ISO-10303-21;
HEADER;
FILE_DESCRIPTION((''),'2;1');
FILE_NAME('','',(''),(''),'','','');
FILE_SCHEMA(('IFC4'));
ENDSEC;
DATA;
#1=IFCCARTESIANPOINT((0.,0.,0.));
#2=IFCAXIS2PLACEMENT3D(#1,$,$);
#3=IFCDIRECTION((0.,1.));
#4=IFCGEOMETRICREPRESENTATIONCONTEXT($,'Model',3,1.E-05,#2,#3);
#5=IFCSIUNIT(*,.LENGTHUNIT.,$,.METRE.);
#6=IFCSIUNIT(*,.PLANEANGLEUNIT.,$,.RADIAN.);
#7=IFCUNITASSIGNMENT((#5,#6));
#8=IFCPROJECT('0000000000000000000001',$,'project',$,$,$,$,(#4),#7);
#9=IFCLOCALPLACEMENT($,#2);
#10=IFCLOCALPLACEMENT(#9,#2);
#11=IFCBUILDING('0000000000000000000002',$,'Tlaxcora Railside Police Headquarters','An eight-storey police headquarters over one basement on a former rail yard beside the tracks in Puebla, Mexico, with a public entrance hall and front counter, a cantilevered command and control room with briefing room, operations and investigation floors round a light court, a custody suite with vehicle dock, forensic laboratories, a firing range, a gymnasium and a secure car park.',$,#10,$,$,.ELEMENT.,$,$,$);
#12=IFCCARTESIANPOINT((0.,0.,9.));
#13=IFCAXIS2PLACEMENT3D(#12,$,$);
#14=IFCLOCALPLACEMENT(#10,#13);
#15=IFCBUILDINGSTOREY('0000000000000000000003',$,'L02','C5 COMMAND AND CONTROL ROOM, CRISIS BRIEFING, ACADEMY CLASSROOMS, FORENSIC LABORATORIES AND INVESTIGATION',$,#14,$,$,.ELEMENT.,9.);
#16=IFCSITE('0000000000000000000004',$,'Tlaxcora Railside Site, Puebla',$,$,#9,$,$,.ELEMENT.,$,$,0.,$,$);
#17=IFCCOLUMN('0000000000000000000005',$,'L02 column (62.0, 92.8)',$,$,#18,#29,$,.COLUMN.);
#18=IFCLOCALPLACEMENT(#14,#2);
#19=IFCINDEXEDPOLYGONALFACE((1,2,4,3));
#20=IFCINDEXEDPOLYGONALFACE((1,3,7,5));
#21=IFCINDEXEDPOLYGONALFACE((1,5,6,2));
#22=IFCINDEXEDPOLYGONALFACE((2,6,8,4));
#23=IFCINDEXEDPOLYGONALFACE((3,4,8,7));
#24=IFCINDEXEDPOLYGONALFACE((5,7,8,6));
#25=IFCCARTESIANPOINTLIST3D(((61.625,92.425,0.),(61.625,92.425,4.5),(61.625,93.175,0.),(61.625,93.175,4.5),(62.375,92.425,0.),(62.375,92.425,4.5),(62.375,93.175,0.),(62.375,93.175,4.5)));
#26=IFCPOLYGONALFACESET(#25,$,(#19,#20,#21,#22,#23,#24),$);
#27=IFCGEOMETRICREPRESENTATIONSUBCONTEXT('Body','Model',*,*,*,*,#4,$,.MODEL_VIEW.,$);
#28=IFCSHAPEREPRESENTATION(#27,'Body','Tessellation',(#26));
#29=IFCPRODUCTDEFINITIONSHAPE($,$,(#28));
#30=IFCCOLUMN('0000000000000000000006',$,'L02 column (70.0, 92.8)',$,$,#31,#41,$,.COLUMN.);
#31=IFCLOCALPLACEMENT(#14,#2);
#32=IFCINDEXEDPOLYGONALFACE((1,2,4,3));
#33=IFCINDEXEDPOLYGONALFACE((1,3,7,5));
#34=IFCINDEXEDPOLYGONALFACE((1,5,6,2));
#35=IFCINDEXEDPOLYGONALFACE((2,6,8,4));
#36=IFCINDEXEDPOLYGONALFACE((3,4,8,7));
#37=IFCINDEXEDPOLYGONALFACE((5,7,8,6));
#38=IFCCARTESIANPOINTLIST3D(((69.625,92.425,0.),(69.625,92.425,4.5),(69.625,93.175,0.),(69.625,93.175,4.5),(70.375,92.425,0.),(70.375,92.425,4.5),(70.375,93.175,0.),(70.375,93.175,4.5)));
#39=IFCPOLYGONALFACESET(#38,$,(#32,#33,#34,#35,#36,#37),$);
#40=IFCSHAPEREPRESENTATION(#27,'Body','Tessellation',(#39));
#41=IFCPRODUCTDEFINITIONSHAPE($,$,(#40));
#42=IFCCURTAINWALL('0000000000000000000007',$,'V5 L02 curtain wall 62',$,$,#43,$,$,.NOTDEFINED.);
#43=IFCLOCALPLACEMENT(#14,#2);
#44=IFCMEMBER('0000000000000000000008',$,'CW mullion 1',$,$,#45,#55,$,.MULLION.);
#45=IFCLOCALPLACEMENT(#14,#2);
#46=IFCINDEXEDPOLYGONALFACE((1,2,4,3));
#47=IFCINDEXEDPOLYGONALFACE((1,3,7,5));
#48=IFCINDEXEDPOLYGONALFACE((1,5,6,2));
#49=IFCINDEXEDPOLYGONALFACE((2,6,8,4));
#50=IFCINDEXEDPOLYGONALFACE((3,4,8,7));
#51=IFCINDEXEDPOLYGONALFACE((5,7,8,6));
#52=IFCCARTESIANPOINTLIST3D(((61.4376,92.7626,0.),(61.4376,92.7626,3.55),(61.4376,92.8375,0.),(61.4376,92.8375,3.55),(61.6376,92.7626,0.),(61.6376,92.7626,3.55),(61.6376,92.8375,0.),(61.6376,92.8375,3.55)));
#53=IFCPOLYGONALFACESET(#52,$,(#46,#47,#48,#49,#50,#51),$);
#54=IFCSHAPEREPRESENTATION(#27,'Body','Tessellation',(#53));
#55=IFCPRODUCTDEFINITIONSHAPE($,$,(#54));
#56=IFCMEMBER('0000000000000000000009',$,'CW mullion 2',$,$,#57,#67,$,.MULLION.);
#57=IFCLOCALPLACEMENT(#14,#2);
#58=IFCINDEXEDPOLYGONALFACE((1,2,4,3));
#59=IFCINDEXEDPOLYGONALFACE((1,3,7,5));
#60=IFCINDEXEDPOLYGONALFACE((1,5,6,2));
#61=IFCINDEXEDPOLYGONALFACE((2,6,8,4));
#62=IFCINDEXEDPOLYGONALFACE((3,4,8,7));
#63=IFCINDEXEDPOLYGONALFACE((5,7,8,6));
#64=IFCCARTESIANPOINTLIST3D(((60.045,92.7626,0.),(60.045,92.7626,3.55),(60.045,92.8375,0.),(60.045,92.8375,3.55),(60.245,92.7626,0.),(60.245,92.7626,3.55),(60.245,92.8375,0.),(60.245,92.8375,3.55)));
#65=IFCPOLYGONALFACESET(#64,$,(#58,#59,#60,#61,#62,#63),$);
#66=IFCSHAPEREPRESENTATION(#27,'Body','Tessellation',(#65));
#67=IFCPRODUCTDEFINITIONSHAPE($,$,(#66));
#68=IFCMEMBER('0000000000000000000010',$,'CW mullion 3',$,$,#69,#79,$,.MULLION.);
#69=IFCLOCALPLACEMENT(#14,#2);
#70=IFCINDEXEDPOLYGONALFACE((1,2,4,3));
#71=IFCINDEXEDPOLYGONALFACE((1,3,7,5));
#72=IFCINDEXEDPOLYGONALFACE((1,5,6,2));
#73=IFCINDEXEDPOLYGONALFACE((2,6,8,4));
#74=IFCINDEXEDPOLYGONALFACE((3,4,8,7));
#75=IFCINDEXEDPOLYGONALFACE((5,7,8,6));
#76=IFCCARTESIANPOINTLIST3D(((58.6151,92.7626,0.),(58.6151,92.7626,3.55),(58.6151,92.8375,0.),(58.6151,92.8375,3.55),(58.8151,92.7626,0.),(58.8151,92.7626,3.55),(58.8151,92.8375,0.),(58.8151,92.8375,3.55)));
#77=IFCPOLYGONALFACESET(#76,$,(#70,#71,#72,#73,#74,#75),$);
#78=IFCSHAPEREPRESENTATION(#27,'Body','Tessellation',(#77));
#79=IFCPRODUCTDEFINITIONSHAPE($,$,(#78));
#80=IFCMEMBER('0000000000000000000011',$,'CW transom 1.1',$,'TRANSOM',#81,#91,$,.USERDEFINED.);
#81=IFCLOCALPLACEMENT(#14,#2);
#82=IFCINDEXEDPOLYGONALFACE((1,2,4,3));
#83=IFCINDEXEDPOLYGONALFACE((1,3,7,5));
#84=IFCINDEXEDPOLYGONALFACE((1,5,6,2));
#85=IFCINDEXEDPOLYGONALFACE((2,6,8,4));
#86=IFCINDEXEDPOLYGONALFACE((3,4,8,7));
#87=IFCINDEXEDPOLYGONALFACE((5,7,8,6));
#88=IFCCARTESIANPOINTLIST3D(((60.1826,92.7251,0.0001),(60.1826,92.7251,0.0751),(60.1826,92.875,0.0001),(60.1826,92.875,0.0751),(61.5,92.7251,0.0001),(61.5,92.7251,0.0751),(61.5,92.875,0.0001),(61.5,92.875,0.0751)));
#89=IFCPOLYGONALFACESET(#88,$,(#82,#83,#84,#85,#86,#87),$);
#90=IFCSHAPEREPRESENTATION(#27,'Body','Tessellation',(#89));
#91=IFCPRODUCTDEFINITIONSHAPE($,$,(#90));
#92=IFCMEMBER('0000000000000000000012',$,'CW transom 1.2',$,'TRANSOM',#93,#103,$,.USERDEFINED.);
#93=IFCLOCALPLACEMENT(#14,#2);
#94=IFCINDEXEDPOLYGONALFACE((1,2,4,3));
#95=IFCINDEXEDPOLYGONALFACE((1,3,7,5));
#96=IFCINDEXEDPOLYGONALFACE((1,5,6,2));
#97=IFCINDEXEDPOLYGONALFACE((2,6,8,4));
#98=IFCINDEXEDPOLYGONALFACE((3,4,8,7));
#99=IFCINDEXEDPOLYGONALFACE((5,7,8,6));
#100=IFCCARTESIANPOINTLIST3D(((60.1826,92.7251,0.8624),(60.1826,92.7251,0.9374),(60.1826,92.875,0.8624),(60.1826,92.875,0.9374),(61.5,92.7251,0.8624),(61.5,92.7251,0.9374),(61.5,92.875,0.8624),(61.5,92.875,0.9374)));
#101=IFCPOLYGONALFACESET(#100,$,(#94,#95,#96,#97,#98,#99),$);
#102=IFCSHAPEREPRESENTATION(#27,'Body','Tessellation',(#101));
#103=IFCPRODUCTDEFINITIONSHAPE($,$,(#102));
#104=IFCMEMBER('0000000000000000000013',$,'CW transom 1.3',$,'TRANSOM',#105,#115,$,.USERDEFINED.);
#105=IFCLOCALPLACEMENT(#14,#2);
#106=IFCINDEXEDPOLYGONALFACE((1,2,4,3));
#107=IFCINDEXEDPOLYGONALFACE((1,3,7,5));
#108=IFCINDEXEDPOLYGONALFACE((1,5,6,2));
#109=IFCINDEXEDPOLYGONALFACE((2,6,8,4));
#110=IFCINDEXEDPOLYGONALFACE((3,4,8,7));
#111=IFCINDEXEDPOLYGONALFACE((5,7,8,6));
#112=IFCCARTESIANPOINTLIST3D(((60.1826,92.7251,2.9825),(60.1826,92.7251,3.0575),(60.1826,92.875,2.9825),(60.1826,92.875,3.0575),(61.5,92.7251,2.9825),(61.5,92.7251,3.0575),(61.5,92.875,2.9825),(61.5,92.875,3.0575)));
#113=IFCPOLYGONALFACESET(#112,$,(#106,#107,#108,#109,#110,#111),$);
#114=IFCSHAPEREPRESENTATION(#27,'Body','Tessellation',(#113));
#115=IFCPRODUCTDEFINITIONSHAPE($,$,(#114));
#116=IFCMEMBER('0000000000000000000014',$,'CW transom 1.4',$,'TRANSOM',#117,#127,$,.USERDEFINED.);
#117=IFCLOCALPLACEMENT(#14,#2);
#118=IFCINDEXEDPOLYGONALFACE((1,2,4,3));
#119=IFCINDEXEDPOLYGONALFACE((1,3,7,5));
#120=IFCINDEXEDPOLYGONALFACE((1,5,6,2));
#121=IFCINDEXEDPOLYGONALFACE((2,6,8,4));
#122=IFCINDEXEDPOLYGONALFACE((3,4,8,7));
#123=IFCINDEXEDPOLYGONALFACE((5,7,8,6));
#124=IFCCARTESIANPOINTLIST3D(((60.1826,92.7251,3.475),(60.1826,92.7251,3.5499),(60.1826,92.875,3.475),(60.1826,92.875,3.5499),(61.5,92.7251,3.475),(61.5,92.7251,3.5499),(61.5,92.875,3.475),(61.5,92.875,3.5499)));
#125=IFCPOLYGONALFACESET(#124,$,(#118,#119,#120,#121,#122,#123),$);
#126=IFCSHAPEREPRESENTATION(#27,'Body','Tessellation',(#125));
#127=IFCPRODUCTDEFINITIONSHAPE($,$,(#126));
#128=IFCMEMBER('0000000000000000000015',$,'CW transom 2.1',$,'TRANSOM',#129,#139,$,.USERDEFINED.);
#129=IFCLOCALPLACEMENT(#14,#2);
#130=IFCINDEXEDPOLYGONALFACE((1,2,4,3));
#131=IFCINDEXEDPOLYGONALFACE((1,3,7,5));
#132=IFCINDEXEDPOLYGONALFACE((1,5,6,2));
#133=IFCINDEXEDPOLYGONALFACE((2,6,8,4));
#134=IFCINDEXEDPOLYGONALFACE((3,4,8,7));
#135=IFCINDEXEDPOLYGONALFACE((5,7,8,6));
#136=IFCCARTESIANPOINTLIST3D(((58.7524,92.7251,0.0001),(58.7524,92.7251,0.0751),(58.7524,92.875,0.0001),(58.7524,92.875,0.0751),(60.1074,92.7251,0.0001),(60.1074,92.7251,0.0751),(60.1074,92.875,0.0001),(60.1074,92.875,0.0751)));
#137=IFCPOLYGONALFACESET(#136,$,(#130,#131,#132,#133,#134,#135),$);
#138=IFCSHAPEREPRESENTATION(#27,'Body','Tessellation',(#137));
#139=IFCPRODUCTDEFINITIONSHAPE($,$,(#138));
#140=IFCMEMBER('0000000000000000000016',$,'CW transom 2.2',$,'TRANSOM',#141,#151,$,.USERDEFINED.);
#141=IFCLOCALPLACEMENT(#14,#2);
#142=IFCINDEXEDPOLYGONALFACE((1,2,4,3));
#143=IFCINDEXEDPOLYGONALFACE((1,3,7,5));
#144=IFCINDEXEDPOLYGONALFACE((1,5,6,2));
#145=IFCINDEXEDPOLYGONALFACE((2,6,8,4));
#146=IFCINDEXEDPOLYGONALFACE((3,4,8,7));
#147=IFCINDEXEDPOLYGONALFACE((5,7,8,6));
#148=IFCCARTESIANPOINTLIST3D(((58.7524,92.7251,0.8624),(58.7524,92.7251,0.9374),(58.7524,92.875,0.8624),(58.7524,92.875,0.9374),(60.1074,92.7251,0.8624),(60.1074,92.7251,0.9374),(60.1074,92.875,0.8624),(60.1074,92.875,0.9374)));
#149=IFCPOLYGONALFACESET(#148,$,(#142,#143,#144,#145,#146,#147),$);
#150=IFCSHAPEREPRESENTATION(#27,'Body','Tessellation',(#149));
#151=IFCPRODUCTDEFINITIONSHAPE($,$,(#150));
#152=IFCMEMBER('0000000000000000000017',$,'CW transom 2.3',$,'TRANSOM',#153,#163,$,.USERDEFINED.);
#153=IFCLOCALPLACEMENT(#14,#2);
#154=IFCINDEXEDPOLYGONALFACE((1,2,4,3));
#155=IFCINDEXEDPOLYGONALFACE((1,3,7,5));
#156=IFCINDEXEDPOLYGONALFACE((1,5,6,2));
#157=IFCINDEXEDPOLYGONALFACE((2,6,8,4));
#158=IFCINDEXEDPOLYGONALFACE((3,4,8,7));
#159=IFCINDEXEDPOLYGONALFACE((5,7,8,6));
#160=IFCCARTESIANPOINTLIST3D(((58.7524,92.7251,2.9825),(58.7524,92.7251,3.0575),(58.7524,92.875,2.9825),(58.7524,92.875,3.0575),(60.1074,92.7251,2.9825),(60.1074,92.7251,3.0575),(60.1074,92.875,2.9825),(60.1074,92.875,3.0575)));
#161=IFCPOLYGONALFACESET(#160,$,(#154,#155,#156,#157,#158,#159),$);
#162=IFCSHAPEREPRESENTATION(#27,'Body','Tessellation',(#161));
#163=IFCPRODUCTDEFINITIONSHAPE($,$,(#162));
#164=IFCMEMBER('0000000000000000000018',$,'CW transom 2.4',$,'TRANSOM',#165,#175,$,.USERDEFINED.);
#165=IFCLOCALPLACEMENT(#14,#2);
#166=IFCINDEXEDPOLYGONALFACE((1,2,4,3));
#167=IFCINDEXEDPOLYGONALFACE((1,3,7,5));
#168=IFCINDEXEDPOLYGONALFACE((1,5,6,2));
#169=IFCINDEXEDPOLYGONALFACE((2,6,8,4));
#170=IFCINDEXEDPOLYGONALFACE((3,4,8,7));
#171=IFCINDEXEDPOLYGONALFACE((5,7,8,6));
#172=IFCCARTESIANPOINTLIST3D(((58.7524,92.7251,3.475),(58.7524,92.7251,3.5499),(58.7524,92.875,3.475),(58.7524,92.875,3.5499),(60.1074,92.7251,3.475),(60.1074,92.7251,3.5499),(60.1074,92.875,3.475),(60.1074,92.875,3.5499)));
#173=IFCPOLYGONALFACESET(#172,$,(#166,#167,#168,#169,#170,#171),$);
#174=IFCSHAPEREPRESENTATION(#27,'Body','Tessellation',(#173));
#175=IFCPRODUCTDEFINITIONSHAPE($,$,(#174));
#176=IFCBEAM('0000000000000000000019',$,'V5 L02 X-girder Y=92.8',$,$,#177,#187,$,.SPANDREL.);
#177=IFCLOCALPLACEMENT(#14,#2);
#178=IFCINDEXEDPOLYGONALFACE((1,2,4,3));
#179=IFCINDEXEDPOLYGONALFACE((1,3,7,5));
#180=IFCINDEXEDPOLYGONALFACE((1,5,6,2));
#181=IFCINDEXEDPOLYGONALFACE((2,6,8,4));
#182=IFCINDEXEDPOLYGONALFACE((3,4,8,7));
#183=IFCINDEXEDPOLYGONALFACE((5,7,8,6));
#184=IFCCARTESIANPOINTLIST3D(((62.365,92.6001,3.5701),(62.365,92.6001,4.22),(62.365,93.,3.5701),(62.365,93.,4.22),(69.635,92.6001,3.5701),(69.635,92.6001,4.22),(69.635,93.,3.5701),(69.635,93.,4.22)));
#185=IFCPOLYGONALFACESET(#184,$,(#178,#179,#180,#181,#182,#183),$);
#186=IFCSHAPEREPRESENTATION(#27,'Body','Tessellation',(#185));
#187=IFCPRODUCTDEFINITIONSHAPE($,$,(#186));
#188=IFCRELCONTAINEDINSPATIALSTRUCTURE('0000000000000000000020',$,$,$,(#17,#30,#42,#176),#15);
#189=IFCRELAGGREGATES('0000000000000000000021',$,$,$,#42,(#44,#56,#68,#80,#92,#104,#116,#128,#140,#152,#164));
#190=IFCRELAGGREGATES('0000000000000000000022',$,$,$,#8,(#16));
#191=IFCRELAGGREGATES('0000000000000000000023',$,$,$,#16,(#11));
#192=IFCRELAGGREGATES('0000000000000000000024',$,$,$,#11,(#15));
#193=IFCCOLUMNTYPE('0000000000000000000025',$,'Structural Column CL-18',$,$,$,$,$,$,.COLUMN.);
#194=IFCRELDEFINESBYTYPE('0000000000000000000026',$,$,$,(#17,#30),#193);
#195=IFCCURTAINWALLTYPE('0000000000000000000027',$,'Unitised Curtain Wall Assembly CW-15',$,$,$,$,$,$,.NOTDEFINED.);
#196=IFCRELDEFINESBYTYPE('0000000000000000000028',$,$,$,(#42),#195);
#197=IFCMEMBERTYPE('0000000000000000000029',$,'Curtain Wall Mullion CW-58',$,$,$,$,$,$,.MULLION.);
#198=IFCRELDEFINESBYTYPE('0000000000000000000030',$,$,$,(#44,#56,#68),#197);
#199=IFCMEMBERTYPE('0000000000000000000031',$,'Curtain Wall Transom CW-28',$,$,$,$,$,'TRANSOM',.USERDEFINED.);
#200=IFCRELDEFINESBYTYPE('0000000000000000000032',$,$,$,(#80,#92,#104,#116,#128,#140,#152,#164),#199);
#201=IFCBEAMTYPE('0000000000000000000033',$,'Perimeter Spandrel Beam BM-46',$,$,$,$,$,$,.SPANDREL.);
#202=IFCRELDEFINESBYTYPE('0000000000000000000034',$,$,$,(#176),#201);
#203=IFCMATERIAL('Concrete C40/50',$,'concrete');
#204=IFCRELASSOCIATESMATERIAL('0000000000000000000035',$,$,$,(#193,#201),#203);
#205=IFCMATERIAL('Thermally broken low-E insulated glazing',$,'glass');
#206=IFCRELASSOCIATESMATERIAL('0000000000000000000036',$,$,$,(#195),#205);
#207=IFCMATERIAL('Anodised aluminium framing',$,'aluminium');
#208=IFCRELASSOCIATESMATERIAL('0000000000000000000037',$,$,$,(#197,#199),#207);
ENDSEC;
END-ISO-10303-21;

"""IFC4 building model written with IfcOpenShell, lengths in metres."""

from ifc_helpers import new_model, si_unit, direction, frame, origin, origin_2d, place, context, subcontext, project, spatial, rectangle, extrude, material, material_profile, profile_set, type_object, element, aggregate, save


model = new_model("IFC4")

# Units and contexts
model_context = context("Model", 3, precision=1e-05, world=origin(), true_north=direction((0.0, 1.0)))
body_context = subcontext(model_context, "Body", "Model", "MODEL_VIEW")
ifc_project = project(units=[si_unit("LENGTHUNIT", "METRE"), si_unit("PLANEANGLEUNIT", "RADIAN")], contexts=[model_context])

# Site, building, storey
site_placement = place(None, origin())
site = spatial("IfcSite", under=ifc_project, at=site_placement, Name="Tlaxcora Railside Site, Puebla", CompositionType="ELEMENT", RefElevation=0.0)
building_placement = place(site_placement, origin())
building = spatial("IfcBuilding", under=site, at=building_placement, Name="Tlaxcora Railside Police Headquarters", Description="An eight-storey police headquarters over one basement on a former rail yard beside the tracks in Puebla, Mexico, with a public entrance hall and front counter, a cantilevered command and control room with briefing room, operations and investigation floors round a light court, a custody suite with vehicle dock, forensic laboratories, a firing range, a gymnasium and a secure car park.", CompositionType="ELEMENT")
storey_placement = place(building_placement, frame((0.0, 0.0, 9.0)))
storey = spatial("IfcBuildingStorey", under=building, at=storey_placement, Name="L02", Description="C5 COMMAND AND CONTROL ROOM, CRISIS BRIEFING, ACADEMY CLASSROOMS, FORENSIC LABORATORIES AND INVESTIGATION", CompositionType="ELEMENT", Elevation=9.0)

# Columns
ifc_material_1 = material(Name="Concrete C40/50", Category="concrete")
ifc_material_profile_1 = material_profile(ifc_material_1, rectangle(XDim=0.75, YDim=0.75, at=origin_2d()), Name="RC750X750")
ifc_profile_set_1 = profile_set([ifc_material_profile_1], Name="Concrete C40/50")
column_type = type_object("IfcColumnType", Name="Structural Column CL-18", PredefinedType="COLUMN", material=ifc_profile_set_1)
for number, where, z_axis, x_axis, name in (
    (1, (62.0, 92.8, 0.0), (0.0, 0.0, 1.0), (1.0, 0.0, 0.0), "L02 column (62.0, 92.8)"),
    (2, (70.0, 92.8, 0.0), (0.0, 0.0, 1.0), (1.0, 0.0, 0.0), "L02 column (70.0, 92.8)"),
):
    element("IfcColumn", number, at=place(storey_placement, frame(where, z_axis=z_axis, x_axis=x_axis)), inside=storey, type_object=column_type, Name=name, PredefinedType="COLUMN", context=body_context, shape_type="SweptSolid", body=[
        extrude(rectangle(XDim=0.75, YDim=0.75, at=origin_2d()), origin(), (0.0, 0.0, 1.0), 4.5),
    ])

# Curtain wall, members
ifc_material_2 = material(Name="Thermally broken low-E insulated glazing", Category="glass")
curtain_wall_type = type_object("IfcCurtainWallType", Name="Unitised Curtain Wall Assembly CW-15", PredefinedType="NOTDEFINED", material=ifc_material_2)
curtain_wall_placement = place(storey_placement, origin())
curtain_wall = element("IfcCurtainWall", 3, at=curtain_wall_placement, inside=storey, type_object=curtain_wall_type, Name="V5 L02 curtain wall 62", PredefinedType="NOTDEFINED")
ifc_material_3 = material(Name="Anodised aluminium framing", Category="aluminium")
ifc_material_profile_2 = material_profile(ifc_material_3, rectangle(XDim=0.075, YDim=0.2, at=origin_2d()), Name="AL75X200")
ifc_profile_set_2 = profile_set([ifc_material_profile_2], Name="Anodised aluminium framing")
member_type_1 = type_object("IfcMemberType", Name="Curtain Wall Mullion CW-58", PredefinedType="MULLION", material=ifc_profile_set_2)
member_1_placement = place(storey_placement, frame((61.5376, 92.8, 0.0), z_axis=(0.0, 0.0, 1.0), x_axis=(0.0, -1.0, 0.0)))
member_1 = element("IfcMember", 4, at=member_1_placement, type_object=member_type_1, Name="CW mullion 1", PredefinedType="MULLION", context=body_context, shape_type="SweptSolid", body=[
    extrude(rectangle(XDim=0.075, YDim=0.2, at=origin_2d()), origin(), (0.0, 0.0, 1.0), 3.55),
])
member_2_placement = place(storey_placement, frame((60.145, 92.8, 0.0), z_axis=(0.0, 0.0, 1.0), x_axis=(0.0, -1.0, 0.0)))
member_2 = element("IfcMember", 5, at=member_2_placement, type_object=member_type_1, Name="CW mullion 2", PredefinedType="MULLION", context=body_context, shape_type="SweptSolid", body=[
    extrude(rectangle(XDim=0.075, YDim=0.2, at=origin_2d()), origin(), (0.0, 0.0, 1.0), 3.55),
])
member_3_placement = place(storey_placement, frame((58.7151, 92.8, 0.0), z_axis=(0.0, 0.0, 1.0), x_axis=(0.0, -1.0, 0.0)))
member_3 = element("IfcMember", 6, at=member_3_placement, type_object=member_type_1, Name="CW mullion 3", PredefinedType="MULLION", context=body_context, shape_type="SweptSolid", body=[
    extrude(rectangle(XDim=0.075, YDim=0.2, at=origin_2d()), origin(), (0.0, 0.0, 1.0), 3.55),
])
ifc_material_profile_3 = material_profile(ifc_material_3, rectangle(XDim=0.1499, YDim=0.075, at=origin_2d()), Name="AL75X150")
ifc_profile_set_3 = profile_set([ifc_material_profile_3], Name="Anodised aluminium framing")
member_type_2 = type_object("IfcMemberType", Name="Curtain Wall Transom CW-28", ElementType="TRANSOM", PredefinedType="USERDEFINED", material=ifc_profile_set_3)
member_4_placement = place(storey_placement, frame((61.5, 92.8, 0.0376), z_axis=(-1.0, 0.0, 0.0), x_axis=(0.0, -1.0, 0.0)))
member_4 = element("IfcMember", 7, at=member_4_placement, type_object=member_type_2, Name="CW transom 1.1", ObjectType="TRANSOM", PredefinedType="USERDEFINED", context=body_context, shape_type="SweptSolid", body=[
    extrude(rectangle(XDim=0.1499, YDim=0.075, at=origin_2d()), origin(), (0.0, 0.0, 1.0), 1.3174),
])
member_5_placement = place(storey_placement, frame((61.5, 92.8, 0.8999), z_axis=(-1.0, 0.0, 0.0), x_axis=(0.0, -1.0, 0.0)))
member_5 = element("IfcMember", 8, at=member_5_placement, type_object=member_type_2, Name="CW transom 1.2", ObjectType="TRANSOM", PredefinedType="USERDEFINED", context=body_context, shape_type="SweptSolid", body=[
    extrude(rectangle(XDim=0.1499, YDim=0.075, at=origin_2d()), origin(), (0.0, 0.0, 1.0), 1.3174),
])
member_6_placement = place(storey_placement, frame((61.5, 92.8, 3.02), z_axis=(-1.0, 0.0, 0.0), x_axis=(0.0, -1.0, 0.0)))
member_6 = element("IfcMember", 9, at=member_6_placement, type_object=member_type_2, Name="CW transom 1.3", ObjectType="TRANSOM", PredefinedType="USERDEFINED", context=body_context, shape_type="SweptSolid", body=[
    extrude(rectangle(XDim=0.1499, YDim=0.075, at=origin_2d()), origin(), (0.0, 0.0, 1.0), 1.3174),
])
member_7_placement = place(storey_placement, frame((61.5, 92.8, 3.5125), z_axis=(-1.0, 0.0, 0.0), x_axis=(0.0, -1.0, 0.0)))
member_7 = element("IfcMember", 10, at=member_7_placement, type_object=member_type_2, Name="CW transom 1.4", ObjectType="TRANSOM", PredefinedType="USERDEFINED", context=body_context, shape_type="SweptSolid", body=[
    extrude(rectangle(XDim=0.1499, YDim=0.075, at=origin_2d()), origin(), (0.0, 0.0, 1.0), 1.3174),
])
member_8_placement = place(storey_placement, frame((60.1074, 92.8, 0.0376), z_axis=(-1.0, 0.0, 0.0), x_axis=(0.0, -1.0, 0.0)))
member_8 = element("IfcMember", 11, at=member_8_placement, type_object=member_type_2, Name="CW transom 2.1", ObjectType="TRANSOM", PredefinedType="USERDEFINED", context=body_context, shape_type="SweptSolid", body=[
    extrude(rectangle(XDim=0.1499, YDim=0.075, at=origin_2d()), origin(), (0.0, 0.0, 1.0), 1.355),
])
member_9_placement = place(storey_placement, frame((60.1074, 92.8, 0.8999), z_axis=(-1.0, 0.0, 0.0), x_axis=(0.0, -1.0, 0.0)))
member_9 = element("IfcMember", 12, at=member_9_placement, type_object=member_type_2, Name="CW transom 2.2", ObjectType="TRANSOM", PredefinedType="USERDEFINED", context=body_context, shape_type="SweptSolid", body=[
    extrude(rectangle(XDim=0.1499, YDim=0.075, at=origin_2d()), origin(), (0.0, 0.0, 1.0), 1.355),
])
member_10_placement = place(storey_placement, frame((60.1074, 92.8, 3.02), z_axis=(-1.0, 0.0, 0.0), x_axis=(0.0, -1.0, 0.0)))
member_10 = element("IfcMember", 13, at=member_10_placement, type_object=member_type_2, Name="CW transom 2.3", ObjectType="TRANSOM", PredefinedType="USERDEFINED", context=body_context, shape_type="SweptSolid", body=[
    extrude(rectangle(XDim=0.1499, YDim=0.075, at=origin_2d()), origin(), (0.0, 0.0, 1.0), 1.355),
])
member_11_placement = place(storey_placement, frame((60.1074, 92.8, 3.5125), z_axis=(-1.0, 0.0, 0.0), x_axis=(0.0, -1.0, 0.0)))
member_11 = element("IfcMember", 14, at=member_11_placement, type_object=member_type_2, Name="CW transom 2.4", ObjectType="TRANSOM", PredefinedType="USERDEFINED", context=body_context, shape_type="SweptSolid", body=[
    extrude(rectangle(XDim=0.1499, YDim=0.075, at=origin_2d()), origin(), (0.0, 0.0, 1.0), 1.355),
])

# Beam
ifc_material_profile_4 = material_profile(ifc_material_1, rectangle(XDim=0.3999, YDim=0.6499, at=origin_2d()), Name="RC400X650")
ifc_profile_set_4 = profile_set([ifc_material_profile_4], Name="Concrete C40/50")
beam_type = type_object("IfcBeamType", Name="Perimeter Spandrel Beam BM-46", PredefinedType="SPANDREL", material=ifc_profile_set_4)
beam_placement = place(storey_placement, frame((62.365, 92.8, 3.895), z_axis=(1.0, 0.0, 0.0), x_axis=(0.0, 1.0, 0.0)))
element("IfcBeam", 15, at=beam_placement, inside=storey, type_object=beam_type, Name="V5 L02 X-girder Y=92.8", PredefinedType="SPANDREL", context=body_context, shape_type="SweptSolid", body=[
    extrude(rectangle(XDim=0.3999, YDim=0.6499, at=origin_2d()), origin(), (0.0, 0.0, 1.0), 7.27),
])

aggregate(curtain_wall, [member_1, member_2, member_3, member_4, member_5, member_6, member_7, member_8, member_9, member_10, member_11])

save(model, "model.ifc")
